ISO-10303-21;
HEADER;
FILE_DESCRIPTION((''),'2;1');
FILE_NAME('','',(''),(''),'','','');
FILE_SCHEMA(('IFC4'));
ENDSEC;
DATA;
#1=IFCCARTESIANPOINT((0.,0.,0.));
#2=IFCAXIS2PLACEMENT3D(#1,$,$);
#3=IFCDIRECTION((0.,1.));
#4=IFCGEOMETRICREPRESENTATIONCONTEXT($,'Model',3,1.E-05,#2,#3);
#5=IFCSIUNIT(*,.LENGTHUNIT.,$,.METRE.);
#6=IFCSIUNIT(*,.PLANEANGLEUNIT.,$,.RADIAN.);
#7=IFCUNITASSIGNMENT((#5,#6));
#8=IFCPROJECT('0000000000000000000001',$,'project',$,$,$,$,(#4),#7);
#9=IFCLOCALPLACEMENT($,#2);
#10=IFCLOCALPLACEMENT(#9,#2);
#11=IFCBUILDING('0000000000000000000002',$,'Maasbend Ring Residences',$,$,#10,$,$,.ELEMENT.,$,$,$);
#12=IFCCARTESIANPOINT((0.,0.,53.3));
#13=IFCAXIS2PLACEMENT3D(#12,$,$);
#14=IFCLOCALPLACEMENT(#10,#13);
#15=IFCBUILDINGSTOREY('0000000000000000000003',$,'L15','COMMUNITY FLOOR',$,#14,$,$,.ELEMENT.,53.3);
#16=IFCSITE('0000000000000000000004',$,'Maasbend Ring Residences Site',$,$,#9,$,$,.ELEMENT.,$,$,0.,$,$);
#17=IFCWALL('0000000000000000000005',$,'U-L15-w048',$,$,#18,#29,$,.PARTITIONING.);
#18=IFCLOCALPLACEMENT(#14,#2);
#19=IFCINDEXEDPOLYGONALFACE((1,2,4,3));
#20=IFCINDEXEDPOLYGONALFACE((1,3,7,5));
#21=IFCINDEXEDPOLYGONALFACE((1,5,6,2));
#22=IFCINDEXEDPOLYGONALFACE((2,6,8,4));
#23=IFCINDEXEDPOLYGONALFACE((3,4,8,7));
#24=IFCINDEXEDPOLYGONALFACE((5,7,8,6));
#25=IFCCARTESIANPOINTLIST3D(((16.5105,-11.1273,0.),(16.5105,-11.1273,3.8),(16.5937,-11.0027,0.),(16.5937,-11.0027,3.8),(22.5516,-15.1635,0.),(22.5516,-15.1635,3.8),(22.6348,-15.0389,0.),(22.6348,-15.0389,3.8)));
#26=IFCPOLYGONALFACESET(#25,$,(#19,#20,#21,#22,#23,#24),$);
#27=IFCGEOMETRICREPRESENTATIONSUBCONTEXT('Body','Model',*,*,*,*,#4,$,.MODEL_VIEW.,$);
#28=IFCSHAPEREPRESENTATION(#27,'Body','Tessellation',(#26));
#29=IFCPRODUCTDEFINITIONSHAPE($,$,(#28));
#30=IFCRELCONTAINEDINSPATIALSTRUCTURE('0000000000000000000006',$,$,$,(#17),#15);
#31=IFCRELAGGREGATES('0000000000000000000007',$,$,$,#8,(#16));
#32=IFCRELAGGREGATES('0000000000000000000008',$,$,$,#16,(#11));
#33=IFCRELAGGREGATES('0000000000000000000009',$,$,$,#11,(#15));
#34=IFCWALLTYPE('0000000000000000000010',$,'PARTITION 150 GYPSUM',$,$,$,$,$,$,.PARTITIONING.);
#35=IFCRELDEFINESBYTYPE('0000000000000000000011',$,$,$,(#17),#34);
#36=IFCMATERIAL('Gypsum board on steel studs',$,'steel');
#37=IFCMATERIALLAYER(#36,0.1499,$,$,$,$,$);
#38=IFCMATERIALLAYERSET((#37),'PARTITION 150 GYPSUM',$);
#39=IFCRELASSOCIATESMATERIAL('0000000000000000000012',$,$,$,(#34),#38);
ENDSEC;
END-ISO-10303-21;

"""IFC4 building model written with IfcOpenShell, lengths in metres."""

from ifc_helpers import new_model, si_unit, direction, frame, frame_2d, origin, place, context, subcontext, project, spatial, rectangle, extrude, material, layer, layer_set, type_object, element, save


model = new_model("IFC4")

# Units and contexts
model_context = context("Model", 3, precision=1e-05, world=origin(), true_north=direction((0.0, 1.0)))
body_context = subcontext(model_context, "Body", "Model", "MODEL_VIEW")
ifc_project = project(units=[si_unit("LENGTHUNIT", "METRE"), si_unit("PLANEANGLEUNIT", "RADIAN")], contexts=[model_context])

# Site, building, storey
site_placement = place(None, origin())
site = spatial("IfcSite", under=ifc_project, at=site_placement, Name="Maasbend Ring Residences Site", CompositionType="ELEMENT", RefElevation=0.0)
building_placement = place(site_placement, origin())
building = spatial("IfcBuilding", under=site, at=building_placement, Name="Maasbend Ring Residences", CompositionType="ELEMENT")
storey_placement = place(building_placement, frame((0.0, 0.0, 53.3)))
storey = spatial("IfcBuildingStorey", under=building, at=storey_placement, Name="L15", Description="COMMUNITY FLOOR", CompositionType="ELEMENT", Elevation=53.3)

# Wall
ifc_material_1 = material(Name="Gypsum board on steel studs", Category="steel")
ifc_layer_1 = layer(ifc_material_1, 0.1499)
ifc_layer_set_1 = layer_set([ifc_layer_1], Name="PARTITION 150 GYPSUM")
wall_type_1 = type_object("IfcWallType", Name="PARTITION 150 GYPSUM", PredefinedType="PARTITIONING", material=ifc_layer_set_1)
wall_1_placement = place(storey_placement, frame((16.552, -11.0649, 0.0), z_axis=(0.0, 0.0, 1.0), x_axis=(0.831492, -0.555537, 0.0)))
element("IfcWall", 1, at=wall_1_placement, inside=storey, type_object=wall_type_1, Name="U-L15-w048", PredefinedType="PARTITIONING", context=body_context, shape_type="SweptSolid", body=[
    extrude(rectangle(XDim=7.2654, YDim=0.1499, at=frame_2d((3.6328, 0.0))), origin(), (0.0, 0.0, 1.0), 3.8),
])

save(model, "model.ifc")
